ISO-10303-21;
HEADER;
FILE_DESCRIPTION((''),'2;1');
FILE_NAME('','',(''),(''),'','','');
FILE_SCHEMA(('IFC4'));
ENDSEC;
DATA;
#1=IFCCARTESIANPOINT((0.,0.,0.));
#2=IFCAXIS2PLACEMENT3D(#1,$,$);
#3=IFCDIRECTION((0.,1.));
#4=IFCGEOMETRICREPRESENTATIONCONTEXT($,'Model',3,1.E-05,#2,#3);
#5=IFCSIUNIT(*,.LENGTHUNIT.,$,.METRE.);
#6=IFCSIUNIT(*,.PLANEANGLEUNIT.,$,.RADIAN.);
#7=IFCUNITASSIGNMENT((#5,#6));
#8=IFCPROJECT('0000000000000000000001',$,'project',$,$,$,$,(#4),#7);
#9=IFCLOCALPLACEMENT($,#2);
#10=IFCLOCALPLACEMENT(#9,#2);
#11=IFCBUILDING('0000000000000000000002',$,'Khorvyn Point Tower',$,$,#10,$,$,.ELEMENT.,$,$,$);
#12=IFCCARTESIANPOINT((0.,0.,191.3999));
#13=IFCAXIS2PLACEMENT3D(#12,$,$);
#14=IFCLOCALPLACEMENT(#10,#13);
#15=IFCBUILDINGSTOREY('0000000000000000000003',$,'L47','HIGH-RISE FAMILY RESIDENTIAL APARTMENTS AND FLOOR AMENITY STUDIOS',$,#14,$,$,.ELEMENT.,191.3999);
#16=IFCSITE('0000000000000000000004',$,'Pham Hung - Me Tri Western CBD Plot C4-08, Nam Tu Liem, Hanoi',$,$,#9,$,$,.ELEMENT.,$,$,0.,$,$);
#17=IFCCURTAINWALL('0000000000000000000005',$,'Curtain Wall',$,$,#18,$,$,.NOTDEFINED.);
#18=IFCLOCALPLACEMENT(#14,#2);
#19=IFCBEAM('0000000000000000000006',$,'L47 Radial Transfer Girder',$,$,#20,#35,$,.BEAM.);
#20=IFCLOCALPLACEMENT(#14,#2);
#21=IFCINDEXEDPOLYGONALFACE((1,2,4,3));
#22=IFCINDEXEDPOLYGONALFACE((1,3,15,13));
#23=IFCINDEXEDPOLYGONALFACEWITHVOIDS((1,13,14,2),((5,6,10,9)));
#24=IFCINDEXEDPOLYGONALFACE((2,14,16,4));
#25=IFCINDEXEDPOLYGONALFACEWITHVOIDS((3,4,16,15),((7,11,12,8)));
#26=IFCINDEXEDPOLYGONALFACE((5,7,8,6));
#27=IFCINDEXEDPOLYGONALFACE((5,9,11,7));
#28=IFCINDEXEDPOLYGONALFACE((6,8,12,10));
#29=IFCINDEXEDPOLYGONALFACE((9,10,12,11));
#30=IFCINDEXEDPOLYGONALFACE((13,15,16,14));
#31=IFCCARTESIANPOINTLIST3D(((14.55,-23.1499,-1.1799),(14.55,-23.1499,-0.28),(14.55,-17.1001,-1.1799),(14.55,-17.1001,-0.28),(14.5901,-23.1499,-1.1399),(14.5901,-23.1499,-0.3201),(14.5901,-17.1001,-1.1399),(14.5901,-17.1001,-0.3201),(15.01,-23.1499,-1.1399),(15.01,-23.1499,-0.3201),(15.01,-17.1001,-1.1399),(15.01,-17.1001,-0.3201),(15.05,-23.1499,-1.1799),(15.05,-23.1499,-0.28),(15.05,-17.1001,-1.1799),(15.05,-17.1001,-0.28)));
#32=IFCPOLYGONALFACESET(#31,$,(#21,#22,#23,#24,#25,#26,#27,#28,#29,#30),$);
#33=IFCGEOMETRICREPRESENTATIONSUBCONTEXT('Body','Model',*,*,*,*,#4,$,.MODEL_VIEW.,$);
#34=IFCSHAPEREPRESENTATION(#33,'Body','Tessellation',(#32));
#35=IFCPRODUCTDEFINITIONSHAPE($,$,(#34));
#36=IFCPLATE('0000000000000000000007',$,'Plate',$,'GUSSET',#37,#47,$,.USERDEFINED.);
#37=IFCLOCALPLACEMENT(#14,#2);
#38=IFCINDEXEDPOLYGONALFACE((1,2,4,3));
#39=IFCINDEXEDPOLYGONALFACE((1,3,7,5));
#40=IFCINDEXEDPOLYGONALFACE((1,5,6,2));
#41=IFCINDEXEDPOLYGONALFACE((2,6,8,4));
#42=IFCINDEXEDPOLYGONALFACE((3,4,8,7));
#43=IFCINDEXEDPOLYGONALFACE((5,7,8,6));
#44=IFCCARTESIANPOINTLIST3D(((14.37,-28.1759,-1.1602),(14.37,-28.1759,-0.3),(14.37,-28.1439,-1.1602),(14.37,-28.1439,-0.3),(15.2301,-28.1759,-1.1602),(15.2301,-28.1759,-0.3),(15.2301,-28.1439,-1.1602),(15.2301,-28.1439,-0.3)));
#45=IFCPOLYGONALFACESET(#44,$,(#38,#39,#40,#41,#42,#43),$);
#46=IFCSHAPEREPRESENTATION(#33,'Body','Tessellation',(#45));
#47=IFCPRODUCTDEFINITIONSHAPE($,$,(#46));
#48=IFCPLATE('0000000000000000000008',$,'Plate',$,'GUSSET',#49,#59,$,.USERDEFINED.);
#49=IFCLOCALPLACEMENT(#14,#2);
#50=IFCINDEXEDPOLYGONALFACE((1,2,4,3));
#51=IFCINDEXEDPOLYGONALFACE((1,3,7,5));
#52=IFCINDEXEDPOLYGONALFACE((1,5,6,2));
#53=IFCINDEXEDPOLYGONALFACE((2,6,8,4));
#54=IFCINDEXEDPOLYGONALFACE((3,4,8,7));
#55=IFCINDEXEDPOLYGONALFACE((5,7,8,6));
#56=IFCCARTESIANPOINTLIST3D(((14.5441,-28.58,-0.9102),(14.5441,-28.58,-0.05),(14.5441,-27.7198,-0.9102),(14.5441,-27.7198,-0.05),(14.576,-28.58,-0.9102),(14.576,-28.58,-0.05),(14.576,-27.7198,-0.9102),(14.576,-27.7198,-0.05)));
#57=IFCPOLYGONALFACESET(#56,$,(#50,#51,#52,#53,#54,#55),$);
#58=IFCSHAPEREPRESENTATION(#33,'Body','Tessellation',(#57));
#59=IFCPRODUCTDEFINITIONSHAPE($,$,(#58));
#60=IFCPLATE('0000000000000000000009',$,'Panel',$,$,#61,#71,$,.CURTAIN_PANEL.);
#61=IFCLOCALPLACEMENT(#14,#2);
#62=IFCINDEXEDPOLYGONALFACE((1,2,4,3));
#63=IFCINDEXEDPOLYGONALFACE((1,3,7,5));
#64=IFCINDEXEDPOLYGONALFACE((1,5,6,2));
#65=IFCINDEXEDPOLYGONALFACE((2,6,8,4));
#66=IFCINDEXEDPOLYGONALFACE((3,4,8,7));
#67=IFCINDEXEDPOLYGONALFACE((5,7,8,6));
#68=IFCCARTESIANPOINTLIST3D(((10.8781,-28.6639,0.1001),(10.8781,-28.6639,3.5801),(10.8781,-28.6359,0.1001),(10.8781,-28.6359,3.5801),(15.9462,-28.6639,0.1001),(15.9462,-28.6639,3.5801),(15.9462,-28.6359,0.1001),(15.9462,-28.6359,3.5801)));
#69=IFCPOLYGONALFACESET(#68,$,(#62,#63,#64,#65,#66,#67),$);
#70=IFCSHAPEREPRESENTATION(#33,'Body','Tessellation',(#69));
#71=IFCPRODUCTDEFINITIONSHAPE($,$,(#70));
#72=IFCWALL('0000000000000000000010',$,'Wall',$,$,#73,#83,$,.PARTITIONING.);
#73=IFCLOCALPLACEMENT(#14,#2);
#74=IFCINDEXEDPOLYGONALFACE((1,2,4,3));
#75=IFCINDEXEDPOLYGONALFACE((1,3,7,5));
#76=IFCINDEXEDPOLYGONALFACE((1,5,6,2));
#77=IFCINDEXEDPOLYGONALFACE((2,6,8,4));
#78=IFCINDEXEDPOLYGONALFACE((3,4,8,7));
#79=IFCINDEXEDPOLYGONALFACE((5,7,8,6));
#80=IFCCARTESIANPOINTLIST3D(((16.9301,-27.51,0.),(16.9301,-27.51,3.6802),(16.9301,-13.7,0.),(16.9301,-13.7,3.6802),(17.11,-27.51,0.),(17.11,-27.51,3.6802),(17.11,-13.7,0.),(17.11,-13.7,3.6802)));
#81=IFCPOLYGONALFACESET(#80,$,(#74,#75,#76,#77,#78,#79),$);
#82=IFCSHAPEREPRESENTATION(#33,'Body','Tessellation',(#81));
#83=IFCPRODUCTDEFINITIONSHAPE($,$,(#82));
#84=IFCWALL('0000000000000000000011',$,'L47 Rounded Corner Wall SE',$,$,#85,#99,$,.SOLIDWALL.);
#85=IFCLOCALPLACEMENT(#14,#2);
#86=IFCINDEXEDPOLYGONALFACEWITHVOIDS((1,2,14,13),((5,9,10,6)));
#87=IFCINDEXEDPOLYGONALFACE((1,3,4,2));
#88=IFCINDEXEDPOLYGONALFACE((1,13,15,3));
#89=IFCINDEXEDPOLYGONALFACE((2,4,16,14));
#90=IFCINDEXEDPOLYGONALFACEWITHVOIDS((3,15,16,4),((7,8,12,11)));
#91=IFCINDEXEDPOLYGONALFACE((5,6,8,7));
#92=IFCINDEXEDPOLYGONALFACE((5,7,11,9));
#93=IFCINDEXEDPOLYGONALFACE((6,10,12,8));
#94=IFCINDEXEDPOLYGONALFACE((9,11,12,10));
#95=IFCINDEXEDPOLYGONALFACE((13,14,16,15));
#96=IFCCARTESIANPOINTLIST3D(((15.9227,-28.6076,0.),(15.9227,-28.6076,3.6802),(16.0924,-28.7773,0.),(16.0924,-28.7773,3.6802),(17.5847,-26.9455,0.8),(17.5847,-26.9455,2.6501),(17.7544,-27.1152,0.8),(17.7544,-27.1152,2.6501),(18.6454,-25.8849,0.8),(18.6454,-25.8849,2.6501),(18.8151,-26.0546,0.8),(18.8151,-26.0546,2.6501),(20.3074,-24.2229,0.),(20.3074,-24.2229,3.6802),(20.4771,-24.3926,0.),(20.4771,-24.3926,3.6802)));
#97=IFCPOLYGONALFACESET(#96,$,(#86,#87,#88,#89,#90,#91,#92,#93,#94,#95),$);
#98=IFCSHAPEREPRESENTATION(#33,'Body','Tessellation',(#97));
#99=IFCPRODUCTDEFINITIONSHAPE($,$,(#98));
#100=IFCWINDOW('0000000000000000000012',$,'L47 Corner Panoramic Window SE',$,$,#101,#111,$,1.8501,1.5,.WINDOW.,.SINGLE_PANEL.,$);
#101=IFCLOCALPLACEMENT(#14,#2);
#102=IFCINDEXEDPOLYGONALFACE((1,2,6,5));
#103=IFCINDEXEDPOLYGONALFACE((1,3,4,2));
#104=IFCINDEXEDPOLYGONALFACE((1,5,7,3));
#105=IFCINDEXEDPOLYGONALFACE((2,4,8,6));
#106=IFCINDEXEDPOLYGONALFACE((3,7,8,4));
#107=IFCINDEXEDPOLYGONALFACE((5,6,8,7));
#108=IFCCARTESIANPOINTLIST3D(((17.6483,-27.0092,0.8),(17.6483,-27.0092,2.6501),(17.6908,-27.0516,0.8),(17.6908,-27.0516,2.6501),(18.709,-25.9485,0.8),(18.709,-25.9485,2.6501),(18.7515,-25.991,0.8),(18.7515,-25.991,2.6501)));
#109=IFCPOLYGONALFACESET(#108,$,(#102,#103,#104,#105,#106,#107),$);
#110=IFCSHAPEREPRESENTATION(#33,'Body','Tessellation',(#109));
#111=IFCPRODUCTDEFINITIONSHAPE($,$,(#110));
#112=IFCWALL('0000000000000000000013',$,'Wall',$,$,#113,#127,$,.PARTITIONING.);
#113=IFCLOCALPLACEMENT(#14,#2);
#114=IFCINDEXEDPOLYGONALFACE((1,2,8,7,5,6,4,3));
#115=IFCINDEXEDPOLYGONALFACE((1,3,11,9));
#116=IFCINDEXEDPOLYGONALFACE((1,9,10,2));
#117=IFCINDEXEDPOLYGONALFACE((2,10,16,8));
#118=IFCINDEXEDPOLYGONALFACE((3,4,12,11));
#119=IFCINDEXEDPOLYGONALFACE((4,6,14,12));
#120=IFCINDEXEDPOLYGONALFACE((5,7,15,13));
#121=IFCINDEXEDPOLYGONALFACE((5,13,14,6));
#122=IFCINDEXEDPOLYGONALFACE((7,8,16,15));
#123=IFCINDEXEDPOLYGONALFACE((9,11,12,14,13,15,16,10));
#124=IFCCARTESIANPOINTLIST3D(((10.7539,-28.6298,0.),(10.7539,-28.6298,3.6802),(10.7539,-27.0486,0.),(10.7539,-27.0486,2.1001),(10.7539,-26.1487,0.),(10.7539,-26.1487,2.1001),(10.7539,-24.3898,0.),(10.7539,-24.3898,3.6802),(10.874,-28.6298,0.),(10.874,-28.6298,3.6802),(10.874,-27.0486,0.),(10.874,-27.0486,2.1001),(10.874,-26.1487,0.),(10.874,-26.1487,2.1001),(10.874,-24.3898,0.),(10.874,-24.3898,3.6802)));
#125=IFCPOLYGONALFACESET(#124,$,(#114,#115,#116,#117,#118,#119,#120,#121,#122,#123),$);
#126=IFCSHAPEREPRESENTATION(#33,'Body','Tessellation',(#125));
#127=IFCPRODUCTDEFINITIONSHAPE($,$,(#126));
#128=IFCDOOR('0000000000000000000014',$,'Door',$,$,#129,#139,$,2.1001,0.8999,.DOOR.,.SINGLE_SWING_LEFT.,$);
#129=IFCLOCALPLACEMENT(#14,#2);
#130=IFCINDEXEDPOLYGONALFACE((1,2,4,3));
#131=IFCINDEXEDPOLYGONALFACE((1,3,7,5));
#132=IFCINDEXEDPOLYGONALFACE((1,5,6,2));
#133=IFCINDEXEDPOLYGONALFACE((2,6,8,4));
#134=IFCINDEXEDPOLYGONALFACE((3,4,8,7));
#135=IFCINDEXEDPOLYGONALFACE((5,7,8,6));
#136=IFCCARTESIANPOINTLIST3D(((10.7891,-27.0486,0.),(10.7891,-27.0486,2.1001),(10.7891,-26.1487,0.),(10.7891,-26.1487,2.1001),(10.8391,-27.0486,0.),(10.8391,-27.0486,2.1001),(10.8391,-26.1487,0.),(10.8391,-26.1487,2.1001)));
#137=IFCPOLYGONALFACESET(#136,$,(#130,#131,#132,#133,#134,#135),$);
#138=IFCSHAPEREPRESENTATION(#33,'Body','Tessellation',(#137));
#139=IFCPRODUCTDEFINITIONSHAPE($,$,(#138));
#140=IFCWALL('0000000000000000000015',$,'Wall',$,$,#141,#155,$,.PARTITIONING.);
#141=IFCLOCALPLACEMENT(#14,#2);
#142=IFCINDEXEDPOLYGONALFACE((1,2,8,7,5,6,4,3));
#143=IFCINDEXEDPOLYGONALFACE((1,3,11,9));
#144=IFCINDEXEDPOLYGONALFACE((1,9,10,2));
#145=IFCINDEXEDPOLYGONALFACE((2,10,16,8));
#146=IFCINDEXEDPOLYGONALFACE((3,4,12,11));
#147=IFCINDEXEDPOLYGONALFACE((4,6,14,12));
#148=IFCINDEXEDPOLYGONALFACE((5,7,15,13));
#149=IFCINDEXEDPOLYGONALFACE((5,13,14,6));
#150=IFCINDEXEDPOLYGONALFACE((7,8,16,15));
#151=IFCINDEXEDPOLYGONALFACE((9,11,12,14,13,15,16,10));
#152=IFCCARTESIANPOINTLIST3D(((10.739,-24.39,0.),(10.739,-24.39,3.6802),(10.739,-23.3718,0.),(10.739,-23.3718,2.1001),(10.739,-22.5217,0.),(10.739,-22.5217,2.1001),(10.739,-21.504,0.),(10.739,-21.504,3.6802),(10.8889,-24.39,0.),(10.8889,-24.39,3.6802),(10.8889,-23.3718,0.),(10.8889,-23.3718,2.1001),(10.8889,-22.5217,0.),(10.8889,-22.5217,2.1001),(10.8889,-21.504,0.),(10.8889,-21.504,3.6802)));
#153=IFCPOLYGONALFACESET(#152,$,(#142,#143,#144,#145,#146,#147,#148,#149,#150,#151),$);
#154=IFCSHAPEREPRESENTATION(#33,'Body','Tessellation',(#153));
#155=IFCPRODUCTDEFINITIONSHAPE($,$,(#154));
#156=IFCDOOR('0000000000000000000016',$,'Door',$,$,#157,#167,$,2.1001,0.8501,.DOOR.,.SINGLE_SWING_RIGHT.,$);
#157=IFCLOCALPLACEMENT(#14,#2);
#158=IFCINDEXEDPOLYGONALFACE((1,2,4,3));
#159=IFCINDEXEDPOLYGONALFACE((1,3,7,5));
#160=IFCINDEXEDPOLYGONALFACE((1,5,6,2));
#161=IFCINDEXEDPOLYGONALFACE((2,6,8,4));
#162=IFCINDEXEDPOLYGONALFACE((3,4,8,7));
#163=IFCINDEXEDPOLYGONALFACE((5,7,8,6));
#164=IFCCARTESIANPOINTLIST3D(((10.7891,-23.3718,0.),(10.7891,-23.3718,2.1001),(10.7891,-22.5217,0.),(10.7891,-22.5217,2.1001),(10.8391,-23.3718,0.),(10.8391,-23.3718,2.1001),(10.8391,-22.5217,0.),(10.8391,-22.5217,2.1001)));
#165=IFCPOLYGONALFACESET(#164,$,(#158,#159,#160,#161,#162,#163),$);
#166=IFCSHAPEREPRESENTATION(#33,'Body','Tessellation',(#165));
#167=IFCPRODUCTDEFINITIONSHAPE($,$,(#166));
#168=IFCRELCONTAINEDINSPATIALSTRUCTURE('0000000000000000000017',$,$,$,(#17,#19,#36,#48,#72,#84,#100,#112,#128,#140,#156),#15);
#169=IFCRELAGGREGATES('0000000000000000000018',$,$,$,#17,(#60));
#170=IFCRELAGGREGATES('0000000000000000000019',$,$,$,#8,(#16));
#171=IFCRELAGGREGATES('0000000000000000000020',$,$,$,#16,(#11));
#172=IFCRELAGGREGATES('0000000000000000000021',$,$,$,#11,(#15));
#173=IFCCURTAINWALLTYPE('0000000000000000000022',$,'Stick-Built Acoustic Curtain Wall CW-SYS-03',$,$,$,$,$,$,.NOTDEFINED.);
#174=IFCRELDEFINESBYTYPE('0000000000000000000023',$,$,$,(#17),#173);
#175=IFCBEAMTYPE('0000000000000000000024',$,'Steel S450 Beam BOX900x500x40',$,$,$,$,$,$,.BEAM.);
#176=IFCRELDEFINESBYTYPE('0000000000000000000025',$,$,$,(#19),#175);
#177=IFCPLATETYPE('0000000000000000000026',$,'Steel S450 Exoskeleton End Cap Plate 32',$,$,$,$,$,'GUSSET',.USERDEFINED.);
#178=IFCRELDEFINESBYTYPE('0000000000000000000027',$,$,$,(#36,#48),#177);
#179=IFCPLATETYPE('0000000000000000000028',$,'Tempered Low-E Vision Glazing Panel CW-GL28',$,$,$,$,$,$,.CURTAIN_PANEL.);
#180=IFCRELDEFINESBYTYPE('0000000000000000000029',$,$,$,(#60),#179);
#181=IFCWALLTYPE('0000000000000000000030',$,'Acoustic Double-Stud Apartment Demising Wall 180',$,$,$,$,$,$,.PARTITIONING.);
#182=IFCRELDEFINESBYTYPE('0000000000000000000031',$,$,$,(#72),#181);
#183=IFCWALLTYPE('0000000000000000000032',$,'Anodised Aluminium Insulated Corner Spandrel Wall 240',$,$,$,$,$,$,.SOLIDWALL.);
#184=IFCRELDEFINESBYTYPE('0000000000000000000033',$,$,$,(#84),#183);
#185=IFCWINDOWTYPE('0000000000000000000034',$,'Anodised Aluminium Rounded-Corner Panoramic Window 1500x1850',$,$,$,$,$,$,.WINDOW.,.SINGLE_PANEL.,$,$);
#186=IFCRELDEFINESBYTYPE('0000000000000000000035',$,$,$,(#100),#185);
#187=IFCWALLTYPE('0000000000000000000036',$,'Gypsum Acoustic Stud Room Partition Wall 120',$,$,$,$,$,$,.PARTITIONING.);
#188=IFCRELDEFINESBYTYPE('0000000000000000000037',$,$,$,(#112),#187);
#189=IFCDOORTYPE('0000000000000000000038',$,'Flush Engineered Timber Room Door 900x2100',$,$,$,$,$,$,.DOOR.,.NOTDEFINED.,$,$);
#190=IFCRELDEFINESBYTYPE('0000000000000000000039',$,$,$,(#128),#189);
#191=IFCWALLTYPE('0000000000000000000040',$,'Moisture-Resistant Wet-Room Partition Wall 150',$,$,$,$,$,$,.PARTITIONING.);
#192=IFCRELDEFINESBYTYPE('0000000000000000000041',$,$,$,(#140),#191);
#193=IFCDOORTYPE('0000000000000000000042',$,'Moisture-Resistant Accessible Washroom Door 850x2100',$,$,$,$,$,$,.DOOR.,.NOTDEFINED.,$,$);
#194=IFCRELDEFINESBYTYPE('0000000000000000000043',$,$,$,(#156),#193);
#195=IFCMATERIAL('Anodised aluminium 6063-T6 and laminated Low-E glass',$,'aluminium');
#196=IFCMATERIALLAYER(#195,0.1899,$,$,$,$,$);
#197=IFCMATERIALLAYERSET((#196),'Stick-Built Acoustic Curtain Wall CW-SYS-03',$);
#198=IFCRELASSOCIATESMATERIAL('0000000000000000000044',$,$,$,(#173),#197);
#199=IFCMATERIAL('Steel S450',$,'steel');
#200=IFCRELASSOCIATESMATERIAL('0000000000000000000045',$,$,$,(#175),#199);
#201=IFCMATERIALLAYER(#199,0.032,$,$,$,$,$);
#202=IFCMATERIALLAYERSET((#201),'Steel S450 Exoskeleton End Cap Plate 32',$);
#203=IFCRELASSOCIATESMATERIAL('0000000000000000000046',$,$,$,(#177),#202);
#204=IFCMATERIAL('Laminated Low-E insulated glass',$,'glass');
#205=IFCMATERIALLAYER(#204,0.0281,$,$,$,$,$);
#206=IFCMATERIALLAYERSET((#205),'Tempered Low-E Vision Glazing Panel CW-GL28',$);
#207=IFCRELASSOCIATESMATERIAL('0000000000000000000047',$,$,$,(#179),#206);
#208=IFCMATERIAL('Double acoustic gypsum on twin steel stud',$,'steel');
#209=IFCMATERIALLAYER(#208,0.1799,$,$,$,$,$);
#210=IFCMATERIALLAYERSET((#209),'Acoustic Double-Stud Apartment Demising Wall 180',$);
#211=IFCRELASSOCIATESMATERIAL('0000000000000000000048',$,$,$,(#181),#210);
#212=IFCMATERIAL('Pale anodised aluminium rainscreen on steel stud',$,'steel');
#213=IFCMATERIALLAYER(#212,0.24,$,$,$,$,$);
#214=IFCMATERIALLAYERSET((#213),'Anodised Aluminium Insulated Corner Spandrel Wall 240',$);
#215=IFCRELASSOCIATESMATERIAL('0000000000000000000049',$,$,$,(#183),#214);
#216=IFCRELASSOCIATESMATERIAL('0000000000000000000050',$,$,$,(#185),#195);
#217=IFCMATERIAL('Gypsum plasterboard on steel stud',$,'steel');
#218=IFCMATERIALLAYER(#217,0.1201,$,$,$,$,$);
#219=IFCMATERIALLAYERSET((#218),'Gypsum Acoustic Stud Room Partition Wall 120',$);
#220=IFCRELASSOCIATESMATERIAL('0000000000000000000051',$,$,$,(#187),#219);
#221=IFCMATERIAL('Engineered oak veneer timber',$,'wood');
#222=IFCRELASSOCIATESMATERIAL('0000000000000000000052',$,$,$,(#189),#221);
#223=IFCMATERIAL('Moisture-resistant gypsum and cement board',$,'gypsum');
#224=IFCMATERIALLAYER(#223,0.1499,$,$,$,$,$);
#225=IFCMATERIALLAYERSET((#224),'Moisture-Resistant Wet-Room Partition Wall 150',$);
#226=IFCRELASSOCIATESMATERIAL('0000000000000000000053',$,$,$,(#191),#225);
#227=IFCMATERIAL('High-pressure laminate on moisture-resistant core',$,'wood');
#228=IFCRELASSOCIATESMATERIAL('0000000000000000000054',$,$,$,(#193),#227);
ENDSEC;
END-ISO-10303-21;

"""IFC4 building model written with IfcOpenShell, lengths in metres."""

from ifc_helpers import new_model, si_unit, direction, frame, frame_2d, origin, origin_2d, place, context, subcontext, project, spatial, rectangle, hollow_rectangle, extrude, material, layer, layer_set, material_profile, profile_set, type_object, element, fill, aggregate, save


model = new_model("IFC4")

# Units and contexts
model_context = context("Model", 3, precision=1e-05, world=origin(), true_north=direction((0.0, 1.0)))
body_context = subcontext(model_context, "Body", "Model", "MODEL_VIEW")
ifc_project = project(units=[si_unit("LENGTHUNIT", "METRE"), si_unit("PLANEANGLEUNIT", "RADIAN")], contexts=[model_context])

# Site, building, storey
site_placement = place(None, origin())
site = spatial("IfcSite", under=ifc_project, at=site_placement, Name="Pham Hung - Me Tri Western CBD Plot C4-08, Nam Tu Liem, Hanoi", CompositionType="ELEMENT", RefElevation=0.0)
building_placement = place(site_placement, origin())
building = spatial("IfcBuilding", under=site, at=building_placement, Name="Khorvyn Point Tower", CompositionType="ELEMENT")
storey_placement = place(building_placement, frame((0.0, 0.0, 191.3999)))
storey = spatial("IfcBuildingStorey", under=building, at=storey_placement, Name="L47", Description="HIGH-RISE FAMILY RESIDENTIAL APARTMENTS AND FLOOR AMENITY STUDIOS", CompositionType="ELEMENT", Elevation=191.3999)

# Shared definitions
ifc_material_1 = material(Name="Steel S450", Category="steel")

# Curtain wall
ifc_material_2 = material(Name="Anodised aluminium 6063-T6 and laminated Low-E glass", Category="aluminium")
ifc_layer_1 = layer(ifc_material_2, 0.1899)
ifc_layer_set_1 = layer_set([ifc_layer_1], Name="Stick-Built Acoustic Curtain Wall CW-SYS-03")
curtain_wall_type = type_object("IfcCurtainWallType", Name="Stick-Built Acoustic Curtain Wall CW-SYS-03", PredefinedType="NOTDEFINED", material=ifc_layer_set_1)
curtain_wall_1_placement = place(storey_placement, origin())
curtain_wall_1 = element("IfcCurtainWall", 1, at=curtain_wall_1_placement, inside=storey, type_object=curtain_wall_type, Name="Curtain Wall", PredefinedType="NOTDEFINED")

# Beam
ifc_material_profile_1 = material_profile(ifc_material_1, hollow_rectangle(XDim=0.5, YDim=0.8999, WallThickness=0.04, at=origin_2d()))
ifc_profile_set_1 = profile_set([ifc_material_profile_1], Name="Steel S450 BOX900x500x40")
beam_type_1 = type_object("IfcBeamType", Name="Steel S450 Beam BOX900x500x40", PredefinedType="BEAM", material=ifc_profile_set_1)
beam_1_placement = place(storey_placement, frame((14.8, -23.1499, -0.73), z_axis=(0.0, 1.0, 0.0), x_axis=(-1.0, 0.0, 0.0)))
element("IfcBeam", 2, at=beam_1_placement, inside=storey, type_object=beam_type_1, Name="L47 Radial Transfer Girder", PredefinedType="BEAM", context=body_context, shape_type="SweptSolid", body=[
    extrude(hollow_rectangle(XDim=0.5, YDim=0.8999, WallThickness=0.04, at=origin_2d()), origin(), (0.0, 0.0, 1.0), 6.0498),
])

# Plates
ifc_layer_2 = layer(ifc_material_1, 0.032)
ifc_layer_set_2 = layer_set([ifc_layer_2], Name="Steel S450 Exoskeleton End Cap Plate 32")
plate_type_1 = type_object("IfcPlateType", Name="Steel S450 Exoskeleton End Cap Plate 32", ElementType="GUSSET", PredefinedType="USERDEFINED", material=ifc_layer_set_2)
plate_1_placement = place(storey_placement, frame((14.8, -28.1599, -1.1602), z_axis=(0.0, 0.0, 1.0), x_axis=(1.0, 0.0, 0.0)))
element("IfcPlate", 3, at=plate_1_placement, inside=storey, type_object=plate_type_1, Name="Plate", ObjectType="GUSSET", PredefinedType="USERDEFINED", context=body_context, shape_type="SweptSolid", body=[
    extrude(rectangle(XDim=0.8601, YDim=0.032, at=origin_2d()), origin(), (0.0, 0.0, 1.0), 0.8601),
])
plate_2_placement = place(storey_placement, frame((14.5601, -28.1499, -0.9102), z_axis=(0.0, 0.0, 1.0), x_axis=(1.0, 0.0, 0.0)))
element("IfcPlate", 4, at=plate_2_placement, inside=storey, type_object=plate_type_1, Name="Plate", ObjectType="GUSSET", PredefinedType="USERDEFINED", context=body_context, shape_type="SweptSolid", body=[
    extrude(rectangle(XDim=0.032, YDim=0.8601, at=origin_2d()), origin(), (0.0, 0.0, 1.0), 0.8601),
])

# Plate
ifc_material_3 = material(Name="Laminated Low-E insulated glass", Category="glass")
ifc_layer_3 = layer(ifc_material_3, 0.0281)
ifc_layer_set_3 = layer_set([ifc_layer_3], Name="Tempered Low-E Vision Glazing Panel CW-GL28")
plate_type_2 = type_object("IfcPlateType", Name="Tempered Low-E Vision Glazing Panel CW-GL28", PredefinedType="CURTAIN_PANEL", material=ifc_layer_set_3)
plate_3_placement = place(storey_placement, frame((13.4121, -28.6499, 0.1001), z_axis=(0.0, 0.0, 1.0), x_axis=(-1.0, 0.0, 0.0)))
plate_3 = element("IfcPlate", 5, at=plate_3_placement, type_object=plate_type_2, Name="Panel", PredefinedType="CURTAIN_PANEL", context=body_context, shape_type="SweptSolid", body=[
    extrude(rectangle(XDim=5.0681, YDim=0.0281, at=origin_2d()), origin(), (0.0, 0.0, 1.0), 3.48),
])
aggregate(curtain_wall_1, [plate_3])

# Wall
ifc_material_4 = material(Name="Double acoustic gypsum on twin steel stud", Category="steel")
ifc_layer_4 = layer(ifc_material_4, 0.1799)
ifc_layer_set_4 = layer_set([ifc_layer_4], Name="Acoustic Double-Stud Apartment Demising Wall 180")
wall_type_1 = type_object("IfcWallType", Name="Acoustic Double-Stud Apartment Demising Wall 180", PredefinedType="PARTITIONING", material=ifc_layer_set_4)
wall_1_placement = place(storey_placement, frame((17.02, -27.51, 0.0), z_axis=(0.0, 0.0, 1.0), x_axis=(0.0, 1.0, 0.0)))
element("IfcWall", 6, at=wall_1_placement, inside=storey, type_object=wall_type_1, Name="Wall", PredefinedType="PARTITIONING", context=body_context, shape_type="SweptSolid", body=[
    extrude(rectangle(XDim=13.8101, YDim=0.1799, at=frame_2d((6.905, 0.0))), origin(), (0.0, 0.0, 1.0), 3.6802),
])

# Wall, opening, window
ifc_material_5 = material(Name="Pale anodised aluminium rainscreen on steel stud", Category="steel")
ifc_layer_5 = layer(ifc_material_5, 0.24)
ifc_layer_set_5 = layer_set([ifc_layer_5], Name="Anodised Aluminium Insulated Corner Spandrel Wall 240")
wall_type_2 = type_object("IfcWallType", Name="Anodised Aluminium Insulated Corner Spandrel Wall 240", PredefinedType="SOLIDWALL", material=ifc_layer_set_5)
wall_2_placement = place(storey_placement, frame((20.3923, -24.3076, 0.0), z_axis=(0.0, 0.0, 1.0), x_axis=(-0.707107, -0.707107, 0.0)))
wall_2 = element("IfcWall", 7, at=wall_2_placement, inside=storey, type_object=wall_type_2, Name="L47 Rounded Corner Wall SE", PredefinedType="SOLIDWALL", context=body_context, shape_type="SweptSolid", body=[
    extrude(rectangle(XDim=6.2009, YDim=0.24, at=frame_2d((3.1006, 0.0))), origin(), (0.0, 0.0, 1.0), 3.6802),
])
opening_1_placement = place(wall_2_placement, frame((2.3506, 0.0, 0.8)))
opening_1 = element("IfcOpeningElement", 8, at=opening_1_placement, cuts=wall_2, PredefinedType="OPENING", context=body_context, shape_type="SweptSolid", body=[
    extrude(rectangle(XDim=1.5, YDim=1.8501, at=frame_2d((0.75, 0.925))), frame((0.0, 0.1299, 0.0), z_axis=(0.0, -1.0, 0.0), x_axis=(1.0, 0.0, 0.0)), (0.0, 0.0, 1.0), 0.26),
])
window_type = type_object("IfcWindowType", Name="Anodised Aluminium Rounded-Corner Panoramic Window 1500x1850", PartitioningType="SINGLE_PANEL", PredefinedType="WINDOW", material=ifc_material_2)
window_placement = place(opening_1_placement, origin())
window = element("IfcWindow", 9, at=window_placement, inside=storey, type_object=window_type, Name="L47 Corner Panoramic Window SE", OverallHeight=1.8501, OverallWidth=1.5, PartitioningType="SINGLE_PANEL", PredefinedType="WINDOW", context=body_context, shape_type="SweptSolid", body=[
    extrude(rectangle(XDim=1.5, YDim=1.8501, at=frame_2d((0.75, 0.925))), frame((0.0, 0.03, 0.0), z_axis=(0.0, -1.0, 0.0), x_axis=(1.0, 0.0, 0.0)), (0.0, 0.0, 1.0), 0.0601),
])
fill(opening_1, window)

# Walls, openings, doors
ifc_material_6 = material(Name="Gypsum plasterboard on steel stud", Category="steel")
ifc_layer_6 = layer(ifc_material_6, 0.1201)
ifc_layer_set_6 = layer_set([ifc_layer_6], Name="Gypsum Acoustic Stud Room Partition Wall 120")
wall_type_3 = type_object("IfcWallType", Name="Gypsum Acoustic Stud Room Partition Wall 120", PredefinedType="PARTITIONING", material=ifc_layer_set_6)
wall_3_placement = place(storey_placement, frame((10.814, -28.6299, 0.0), z_axis=(0.0, 0.0, 1.0), x_axis=(0.0, 1.0, 0.0)))
wall_3 = element("IfcWall", 10, at=wall_3_placement, inside=storey, type_object=wall_type_3, Name="Wall", PredefinedType="PARTITIONING", context=body_context, shape_type="SweptSolid", body=[
    extrude(rectangle(XDim=4.24, YDim=0.1201, at=frame_2d((2.1201, 0.0))), origin(), (0.0, 0.0, 1.0), 3.6802),
])
opening_2_placement = place(wall_3_placement, frame((1.5813, 0.0, 0.0)))
opening_2 = element("IfcOpeningElement", 11, at=opening_2_placement, cuts=wall_3, PredefinedType="OPENING", context=body_context, shape_type="SweptSolid", body=[
    extrude(rectangle(XDim=0.8999, YDim=2.1001, at=frame_2d((0.45, 1.05))), frame((0.0, 0.0701, 0.0), z_axis=(0.0, -1.0, 0.0), x_axis=(1.0, 0.0, 0.0)), (0.0, 0.0, 1.0), 0.1401),
])
ifc_material_7 = material(Name="Engineered oak veneer timber", Category="wood")
door_type_1 = type_object("IfcDoorType", Name="Flush Engineered Timber Room Door 900x2100", OperationType="NOTDEFINED", PredefinedType="DOOR", material=ifc_material_7)
door_1_placement = place(opening_2_placement, origin())
door_1 = element("IfcDoor", 12, at=door_1_placement, inside=storey, type_object=door_type_1, Name="Door", OperationType="SINGLE_SWING_LEFT", OverallHeight=2.1001, OverallWidth=0.8999, PredefinedType="DOOR", context=body_context, shape_type="SweptSolid", body=[
    extrude(rectangle(XDim=0.8999, YDim=2.1001, at=frame_2d((0.45, 1.05))), frame((0.0, 0.0249, 0.0), z_axis=(0.0, -1.0, 0.0), x_axis=(1.0, 0.0, 0.0)), (0.0, 0.0, 1.0), 0.05),
])
fill(opening_2, door_1)
ifc_material_8 = material(Name="Moisture-resistant gypsum and cement board", Category="gypsum")
ifc_layer_7 = layer(ifc_material_8, 0.1499)
ifc_layer_set_7 = layer_set([ifc_layer_7], Name="Moisture-Resistant Wet-Room Partition Wall 150")
wall_type_4 = type_object("IfcWallType", Name="Moisture-Resistant Wet-Room Partition Wall 150", PredefinedType="PARTITIONING", material=ifc_layer_set_7)
wall_4_placement = place(storey_placement, frame((10.814, -24.3899, 0.0), z_axis=(0.0, 0.0, 1.0), x_axis=(0.0, 1.0, 0.0)))
wall_4 = element("IfcWall", 13, at=wall_4_placement, inside=storey, type_object=wall_type_4, Name="Wall", PredefinedType="PARTITIONING", context=body_context, shape_type="SweptSolid", body=[
    extrude(rectangle(XDim=2.886, YDim=0.1499, at=frame_2d((1.4429, 0.0))), origin(), (0.0, 0.0, 1.0), 3.6802),
])
opening_3_placement = place(wall_4_placement, frame((1.0181, 0.0, 0.0)))
opening_3 = element("IfcOpeningElement", 14, at=opening_3_placement, cuts=wall_4, PredefinedType="OPENING", context=body_context, shape_type="SweptSolid", body=[
    extrude(rectangle(XDim=0.8501, YDim=2.1001, at=frame_2d((0.425, 1.05))), frame((0.0, 0.085, 0.0), z_axis=(0.0, -1.0, 0.0), x_axis=(1.0, 0.0, 0.0)), (0.0, 0.0, 1.0), 0.1699),
])
ifc_material_9 = material(Name="High-pressure laminate on moisture-resistant core", Category="wood")
door_type_2 = type_object("IfcDoorType", Name="Moisture-Resistant Accessible Washroom Door 850x2100", OperationType="NOTDEFINED", PredefinedType="DOOR", material=ifc_material_9)
door_2_placement = place(opening_3_placement, origin())
door_2 = element("IfcDoor", 15, at=door_2_placement, inside=storey, type_object=door_type_2, Name="Door", OperationType="SINGLE_SWING_RIGHT", OverallHeight=2.1001, OverallWidth=0.8501, PredefinedType="DOOR", context=body_context, shape_type="SweptSolid", body=[
    extrude(rectangle(XDim=0.8501, YDim=2.1001, at=frame_2d((0.425, 1.05))), frame((0.0, 0.0249, 0.0), z_axis=(0.0, -1.0, 0.0), x_axis=(1.0, 0.0, 0.0)), (0.0, 0.0, 1.0), 0.05),
])
fill(opening_3, door_2)

save(model, "model.ifc")
